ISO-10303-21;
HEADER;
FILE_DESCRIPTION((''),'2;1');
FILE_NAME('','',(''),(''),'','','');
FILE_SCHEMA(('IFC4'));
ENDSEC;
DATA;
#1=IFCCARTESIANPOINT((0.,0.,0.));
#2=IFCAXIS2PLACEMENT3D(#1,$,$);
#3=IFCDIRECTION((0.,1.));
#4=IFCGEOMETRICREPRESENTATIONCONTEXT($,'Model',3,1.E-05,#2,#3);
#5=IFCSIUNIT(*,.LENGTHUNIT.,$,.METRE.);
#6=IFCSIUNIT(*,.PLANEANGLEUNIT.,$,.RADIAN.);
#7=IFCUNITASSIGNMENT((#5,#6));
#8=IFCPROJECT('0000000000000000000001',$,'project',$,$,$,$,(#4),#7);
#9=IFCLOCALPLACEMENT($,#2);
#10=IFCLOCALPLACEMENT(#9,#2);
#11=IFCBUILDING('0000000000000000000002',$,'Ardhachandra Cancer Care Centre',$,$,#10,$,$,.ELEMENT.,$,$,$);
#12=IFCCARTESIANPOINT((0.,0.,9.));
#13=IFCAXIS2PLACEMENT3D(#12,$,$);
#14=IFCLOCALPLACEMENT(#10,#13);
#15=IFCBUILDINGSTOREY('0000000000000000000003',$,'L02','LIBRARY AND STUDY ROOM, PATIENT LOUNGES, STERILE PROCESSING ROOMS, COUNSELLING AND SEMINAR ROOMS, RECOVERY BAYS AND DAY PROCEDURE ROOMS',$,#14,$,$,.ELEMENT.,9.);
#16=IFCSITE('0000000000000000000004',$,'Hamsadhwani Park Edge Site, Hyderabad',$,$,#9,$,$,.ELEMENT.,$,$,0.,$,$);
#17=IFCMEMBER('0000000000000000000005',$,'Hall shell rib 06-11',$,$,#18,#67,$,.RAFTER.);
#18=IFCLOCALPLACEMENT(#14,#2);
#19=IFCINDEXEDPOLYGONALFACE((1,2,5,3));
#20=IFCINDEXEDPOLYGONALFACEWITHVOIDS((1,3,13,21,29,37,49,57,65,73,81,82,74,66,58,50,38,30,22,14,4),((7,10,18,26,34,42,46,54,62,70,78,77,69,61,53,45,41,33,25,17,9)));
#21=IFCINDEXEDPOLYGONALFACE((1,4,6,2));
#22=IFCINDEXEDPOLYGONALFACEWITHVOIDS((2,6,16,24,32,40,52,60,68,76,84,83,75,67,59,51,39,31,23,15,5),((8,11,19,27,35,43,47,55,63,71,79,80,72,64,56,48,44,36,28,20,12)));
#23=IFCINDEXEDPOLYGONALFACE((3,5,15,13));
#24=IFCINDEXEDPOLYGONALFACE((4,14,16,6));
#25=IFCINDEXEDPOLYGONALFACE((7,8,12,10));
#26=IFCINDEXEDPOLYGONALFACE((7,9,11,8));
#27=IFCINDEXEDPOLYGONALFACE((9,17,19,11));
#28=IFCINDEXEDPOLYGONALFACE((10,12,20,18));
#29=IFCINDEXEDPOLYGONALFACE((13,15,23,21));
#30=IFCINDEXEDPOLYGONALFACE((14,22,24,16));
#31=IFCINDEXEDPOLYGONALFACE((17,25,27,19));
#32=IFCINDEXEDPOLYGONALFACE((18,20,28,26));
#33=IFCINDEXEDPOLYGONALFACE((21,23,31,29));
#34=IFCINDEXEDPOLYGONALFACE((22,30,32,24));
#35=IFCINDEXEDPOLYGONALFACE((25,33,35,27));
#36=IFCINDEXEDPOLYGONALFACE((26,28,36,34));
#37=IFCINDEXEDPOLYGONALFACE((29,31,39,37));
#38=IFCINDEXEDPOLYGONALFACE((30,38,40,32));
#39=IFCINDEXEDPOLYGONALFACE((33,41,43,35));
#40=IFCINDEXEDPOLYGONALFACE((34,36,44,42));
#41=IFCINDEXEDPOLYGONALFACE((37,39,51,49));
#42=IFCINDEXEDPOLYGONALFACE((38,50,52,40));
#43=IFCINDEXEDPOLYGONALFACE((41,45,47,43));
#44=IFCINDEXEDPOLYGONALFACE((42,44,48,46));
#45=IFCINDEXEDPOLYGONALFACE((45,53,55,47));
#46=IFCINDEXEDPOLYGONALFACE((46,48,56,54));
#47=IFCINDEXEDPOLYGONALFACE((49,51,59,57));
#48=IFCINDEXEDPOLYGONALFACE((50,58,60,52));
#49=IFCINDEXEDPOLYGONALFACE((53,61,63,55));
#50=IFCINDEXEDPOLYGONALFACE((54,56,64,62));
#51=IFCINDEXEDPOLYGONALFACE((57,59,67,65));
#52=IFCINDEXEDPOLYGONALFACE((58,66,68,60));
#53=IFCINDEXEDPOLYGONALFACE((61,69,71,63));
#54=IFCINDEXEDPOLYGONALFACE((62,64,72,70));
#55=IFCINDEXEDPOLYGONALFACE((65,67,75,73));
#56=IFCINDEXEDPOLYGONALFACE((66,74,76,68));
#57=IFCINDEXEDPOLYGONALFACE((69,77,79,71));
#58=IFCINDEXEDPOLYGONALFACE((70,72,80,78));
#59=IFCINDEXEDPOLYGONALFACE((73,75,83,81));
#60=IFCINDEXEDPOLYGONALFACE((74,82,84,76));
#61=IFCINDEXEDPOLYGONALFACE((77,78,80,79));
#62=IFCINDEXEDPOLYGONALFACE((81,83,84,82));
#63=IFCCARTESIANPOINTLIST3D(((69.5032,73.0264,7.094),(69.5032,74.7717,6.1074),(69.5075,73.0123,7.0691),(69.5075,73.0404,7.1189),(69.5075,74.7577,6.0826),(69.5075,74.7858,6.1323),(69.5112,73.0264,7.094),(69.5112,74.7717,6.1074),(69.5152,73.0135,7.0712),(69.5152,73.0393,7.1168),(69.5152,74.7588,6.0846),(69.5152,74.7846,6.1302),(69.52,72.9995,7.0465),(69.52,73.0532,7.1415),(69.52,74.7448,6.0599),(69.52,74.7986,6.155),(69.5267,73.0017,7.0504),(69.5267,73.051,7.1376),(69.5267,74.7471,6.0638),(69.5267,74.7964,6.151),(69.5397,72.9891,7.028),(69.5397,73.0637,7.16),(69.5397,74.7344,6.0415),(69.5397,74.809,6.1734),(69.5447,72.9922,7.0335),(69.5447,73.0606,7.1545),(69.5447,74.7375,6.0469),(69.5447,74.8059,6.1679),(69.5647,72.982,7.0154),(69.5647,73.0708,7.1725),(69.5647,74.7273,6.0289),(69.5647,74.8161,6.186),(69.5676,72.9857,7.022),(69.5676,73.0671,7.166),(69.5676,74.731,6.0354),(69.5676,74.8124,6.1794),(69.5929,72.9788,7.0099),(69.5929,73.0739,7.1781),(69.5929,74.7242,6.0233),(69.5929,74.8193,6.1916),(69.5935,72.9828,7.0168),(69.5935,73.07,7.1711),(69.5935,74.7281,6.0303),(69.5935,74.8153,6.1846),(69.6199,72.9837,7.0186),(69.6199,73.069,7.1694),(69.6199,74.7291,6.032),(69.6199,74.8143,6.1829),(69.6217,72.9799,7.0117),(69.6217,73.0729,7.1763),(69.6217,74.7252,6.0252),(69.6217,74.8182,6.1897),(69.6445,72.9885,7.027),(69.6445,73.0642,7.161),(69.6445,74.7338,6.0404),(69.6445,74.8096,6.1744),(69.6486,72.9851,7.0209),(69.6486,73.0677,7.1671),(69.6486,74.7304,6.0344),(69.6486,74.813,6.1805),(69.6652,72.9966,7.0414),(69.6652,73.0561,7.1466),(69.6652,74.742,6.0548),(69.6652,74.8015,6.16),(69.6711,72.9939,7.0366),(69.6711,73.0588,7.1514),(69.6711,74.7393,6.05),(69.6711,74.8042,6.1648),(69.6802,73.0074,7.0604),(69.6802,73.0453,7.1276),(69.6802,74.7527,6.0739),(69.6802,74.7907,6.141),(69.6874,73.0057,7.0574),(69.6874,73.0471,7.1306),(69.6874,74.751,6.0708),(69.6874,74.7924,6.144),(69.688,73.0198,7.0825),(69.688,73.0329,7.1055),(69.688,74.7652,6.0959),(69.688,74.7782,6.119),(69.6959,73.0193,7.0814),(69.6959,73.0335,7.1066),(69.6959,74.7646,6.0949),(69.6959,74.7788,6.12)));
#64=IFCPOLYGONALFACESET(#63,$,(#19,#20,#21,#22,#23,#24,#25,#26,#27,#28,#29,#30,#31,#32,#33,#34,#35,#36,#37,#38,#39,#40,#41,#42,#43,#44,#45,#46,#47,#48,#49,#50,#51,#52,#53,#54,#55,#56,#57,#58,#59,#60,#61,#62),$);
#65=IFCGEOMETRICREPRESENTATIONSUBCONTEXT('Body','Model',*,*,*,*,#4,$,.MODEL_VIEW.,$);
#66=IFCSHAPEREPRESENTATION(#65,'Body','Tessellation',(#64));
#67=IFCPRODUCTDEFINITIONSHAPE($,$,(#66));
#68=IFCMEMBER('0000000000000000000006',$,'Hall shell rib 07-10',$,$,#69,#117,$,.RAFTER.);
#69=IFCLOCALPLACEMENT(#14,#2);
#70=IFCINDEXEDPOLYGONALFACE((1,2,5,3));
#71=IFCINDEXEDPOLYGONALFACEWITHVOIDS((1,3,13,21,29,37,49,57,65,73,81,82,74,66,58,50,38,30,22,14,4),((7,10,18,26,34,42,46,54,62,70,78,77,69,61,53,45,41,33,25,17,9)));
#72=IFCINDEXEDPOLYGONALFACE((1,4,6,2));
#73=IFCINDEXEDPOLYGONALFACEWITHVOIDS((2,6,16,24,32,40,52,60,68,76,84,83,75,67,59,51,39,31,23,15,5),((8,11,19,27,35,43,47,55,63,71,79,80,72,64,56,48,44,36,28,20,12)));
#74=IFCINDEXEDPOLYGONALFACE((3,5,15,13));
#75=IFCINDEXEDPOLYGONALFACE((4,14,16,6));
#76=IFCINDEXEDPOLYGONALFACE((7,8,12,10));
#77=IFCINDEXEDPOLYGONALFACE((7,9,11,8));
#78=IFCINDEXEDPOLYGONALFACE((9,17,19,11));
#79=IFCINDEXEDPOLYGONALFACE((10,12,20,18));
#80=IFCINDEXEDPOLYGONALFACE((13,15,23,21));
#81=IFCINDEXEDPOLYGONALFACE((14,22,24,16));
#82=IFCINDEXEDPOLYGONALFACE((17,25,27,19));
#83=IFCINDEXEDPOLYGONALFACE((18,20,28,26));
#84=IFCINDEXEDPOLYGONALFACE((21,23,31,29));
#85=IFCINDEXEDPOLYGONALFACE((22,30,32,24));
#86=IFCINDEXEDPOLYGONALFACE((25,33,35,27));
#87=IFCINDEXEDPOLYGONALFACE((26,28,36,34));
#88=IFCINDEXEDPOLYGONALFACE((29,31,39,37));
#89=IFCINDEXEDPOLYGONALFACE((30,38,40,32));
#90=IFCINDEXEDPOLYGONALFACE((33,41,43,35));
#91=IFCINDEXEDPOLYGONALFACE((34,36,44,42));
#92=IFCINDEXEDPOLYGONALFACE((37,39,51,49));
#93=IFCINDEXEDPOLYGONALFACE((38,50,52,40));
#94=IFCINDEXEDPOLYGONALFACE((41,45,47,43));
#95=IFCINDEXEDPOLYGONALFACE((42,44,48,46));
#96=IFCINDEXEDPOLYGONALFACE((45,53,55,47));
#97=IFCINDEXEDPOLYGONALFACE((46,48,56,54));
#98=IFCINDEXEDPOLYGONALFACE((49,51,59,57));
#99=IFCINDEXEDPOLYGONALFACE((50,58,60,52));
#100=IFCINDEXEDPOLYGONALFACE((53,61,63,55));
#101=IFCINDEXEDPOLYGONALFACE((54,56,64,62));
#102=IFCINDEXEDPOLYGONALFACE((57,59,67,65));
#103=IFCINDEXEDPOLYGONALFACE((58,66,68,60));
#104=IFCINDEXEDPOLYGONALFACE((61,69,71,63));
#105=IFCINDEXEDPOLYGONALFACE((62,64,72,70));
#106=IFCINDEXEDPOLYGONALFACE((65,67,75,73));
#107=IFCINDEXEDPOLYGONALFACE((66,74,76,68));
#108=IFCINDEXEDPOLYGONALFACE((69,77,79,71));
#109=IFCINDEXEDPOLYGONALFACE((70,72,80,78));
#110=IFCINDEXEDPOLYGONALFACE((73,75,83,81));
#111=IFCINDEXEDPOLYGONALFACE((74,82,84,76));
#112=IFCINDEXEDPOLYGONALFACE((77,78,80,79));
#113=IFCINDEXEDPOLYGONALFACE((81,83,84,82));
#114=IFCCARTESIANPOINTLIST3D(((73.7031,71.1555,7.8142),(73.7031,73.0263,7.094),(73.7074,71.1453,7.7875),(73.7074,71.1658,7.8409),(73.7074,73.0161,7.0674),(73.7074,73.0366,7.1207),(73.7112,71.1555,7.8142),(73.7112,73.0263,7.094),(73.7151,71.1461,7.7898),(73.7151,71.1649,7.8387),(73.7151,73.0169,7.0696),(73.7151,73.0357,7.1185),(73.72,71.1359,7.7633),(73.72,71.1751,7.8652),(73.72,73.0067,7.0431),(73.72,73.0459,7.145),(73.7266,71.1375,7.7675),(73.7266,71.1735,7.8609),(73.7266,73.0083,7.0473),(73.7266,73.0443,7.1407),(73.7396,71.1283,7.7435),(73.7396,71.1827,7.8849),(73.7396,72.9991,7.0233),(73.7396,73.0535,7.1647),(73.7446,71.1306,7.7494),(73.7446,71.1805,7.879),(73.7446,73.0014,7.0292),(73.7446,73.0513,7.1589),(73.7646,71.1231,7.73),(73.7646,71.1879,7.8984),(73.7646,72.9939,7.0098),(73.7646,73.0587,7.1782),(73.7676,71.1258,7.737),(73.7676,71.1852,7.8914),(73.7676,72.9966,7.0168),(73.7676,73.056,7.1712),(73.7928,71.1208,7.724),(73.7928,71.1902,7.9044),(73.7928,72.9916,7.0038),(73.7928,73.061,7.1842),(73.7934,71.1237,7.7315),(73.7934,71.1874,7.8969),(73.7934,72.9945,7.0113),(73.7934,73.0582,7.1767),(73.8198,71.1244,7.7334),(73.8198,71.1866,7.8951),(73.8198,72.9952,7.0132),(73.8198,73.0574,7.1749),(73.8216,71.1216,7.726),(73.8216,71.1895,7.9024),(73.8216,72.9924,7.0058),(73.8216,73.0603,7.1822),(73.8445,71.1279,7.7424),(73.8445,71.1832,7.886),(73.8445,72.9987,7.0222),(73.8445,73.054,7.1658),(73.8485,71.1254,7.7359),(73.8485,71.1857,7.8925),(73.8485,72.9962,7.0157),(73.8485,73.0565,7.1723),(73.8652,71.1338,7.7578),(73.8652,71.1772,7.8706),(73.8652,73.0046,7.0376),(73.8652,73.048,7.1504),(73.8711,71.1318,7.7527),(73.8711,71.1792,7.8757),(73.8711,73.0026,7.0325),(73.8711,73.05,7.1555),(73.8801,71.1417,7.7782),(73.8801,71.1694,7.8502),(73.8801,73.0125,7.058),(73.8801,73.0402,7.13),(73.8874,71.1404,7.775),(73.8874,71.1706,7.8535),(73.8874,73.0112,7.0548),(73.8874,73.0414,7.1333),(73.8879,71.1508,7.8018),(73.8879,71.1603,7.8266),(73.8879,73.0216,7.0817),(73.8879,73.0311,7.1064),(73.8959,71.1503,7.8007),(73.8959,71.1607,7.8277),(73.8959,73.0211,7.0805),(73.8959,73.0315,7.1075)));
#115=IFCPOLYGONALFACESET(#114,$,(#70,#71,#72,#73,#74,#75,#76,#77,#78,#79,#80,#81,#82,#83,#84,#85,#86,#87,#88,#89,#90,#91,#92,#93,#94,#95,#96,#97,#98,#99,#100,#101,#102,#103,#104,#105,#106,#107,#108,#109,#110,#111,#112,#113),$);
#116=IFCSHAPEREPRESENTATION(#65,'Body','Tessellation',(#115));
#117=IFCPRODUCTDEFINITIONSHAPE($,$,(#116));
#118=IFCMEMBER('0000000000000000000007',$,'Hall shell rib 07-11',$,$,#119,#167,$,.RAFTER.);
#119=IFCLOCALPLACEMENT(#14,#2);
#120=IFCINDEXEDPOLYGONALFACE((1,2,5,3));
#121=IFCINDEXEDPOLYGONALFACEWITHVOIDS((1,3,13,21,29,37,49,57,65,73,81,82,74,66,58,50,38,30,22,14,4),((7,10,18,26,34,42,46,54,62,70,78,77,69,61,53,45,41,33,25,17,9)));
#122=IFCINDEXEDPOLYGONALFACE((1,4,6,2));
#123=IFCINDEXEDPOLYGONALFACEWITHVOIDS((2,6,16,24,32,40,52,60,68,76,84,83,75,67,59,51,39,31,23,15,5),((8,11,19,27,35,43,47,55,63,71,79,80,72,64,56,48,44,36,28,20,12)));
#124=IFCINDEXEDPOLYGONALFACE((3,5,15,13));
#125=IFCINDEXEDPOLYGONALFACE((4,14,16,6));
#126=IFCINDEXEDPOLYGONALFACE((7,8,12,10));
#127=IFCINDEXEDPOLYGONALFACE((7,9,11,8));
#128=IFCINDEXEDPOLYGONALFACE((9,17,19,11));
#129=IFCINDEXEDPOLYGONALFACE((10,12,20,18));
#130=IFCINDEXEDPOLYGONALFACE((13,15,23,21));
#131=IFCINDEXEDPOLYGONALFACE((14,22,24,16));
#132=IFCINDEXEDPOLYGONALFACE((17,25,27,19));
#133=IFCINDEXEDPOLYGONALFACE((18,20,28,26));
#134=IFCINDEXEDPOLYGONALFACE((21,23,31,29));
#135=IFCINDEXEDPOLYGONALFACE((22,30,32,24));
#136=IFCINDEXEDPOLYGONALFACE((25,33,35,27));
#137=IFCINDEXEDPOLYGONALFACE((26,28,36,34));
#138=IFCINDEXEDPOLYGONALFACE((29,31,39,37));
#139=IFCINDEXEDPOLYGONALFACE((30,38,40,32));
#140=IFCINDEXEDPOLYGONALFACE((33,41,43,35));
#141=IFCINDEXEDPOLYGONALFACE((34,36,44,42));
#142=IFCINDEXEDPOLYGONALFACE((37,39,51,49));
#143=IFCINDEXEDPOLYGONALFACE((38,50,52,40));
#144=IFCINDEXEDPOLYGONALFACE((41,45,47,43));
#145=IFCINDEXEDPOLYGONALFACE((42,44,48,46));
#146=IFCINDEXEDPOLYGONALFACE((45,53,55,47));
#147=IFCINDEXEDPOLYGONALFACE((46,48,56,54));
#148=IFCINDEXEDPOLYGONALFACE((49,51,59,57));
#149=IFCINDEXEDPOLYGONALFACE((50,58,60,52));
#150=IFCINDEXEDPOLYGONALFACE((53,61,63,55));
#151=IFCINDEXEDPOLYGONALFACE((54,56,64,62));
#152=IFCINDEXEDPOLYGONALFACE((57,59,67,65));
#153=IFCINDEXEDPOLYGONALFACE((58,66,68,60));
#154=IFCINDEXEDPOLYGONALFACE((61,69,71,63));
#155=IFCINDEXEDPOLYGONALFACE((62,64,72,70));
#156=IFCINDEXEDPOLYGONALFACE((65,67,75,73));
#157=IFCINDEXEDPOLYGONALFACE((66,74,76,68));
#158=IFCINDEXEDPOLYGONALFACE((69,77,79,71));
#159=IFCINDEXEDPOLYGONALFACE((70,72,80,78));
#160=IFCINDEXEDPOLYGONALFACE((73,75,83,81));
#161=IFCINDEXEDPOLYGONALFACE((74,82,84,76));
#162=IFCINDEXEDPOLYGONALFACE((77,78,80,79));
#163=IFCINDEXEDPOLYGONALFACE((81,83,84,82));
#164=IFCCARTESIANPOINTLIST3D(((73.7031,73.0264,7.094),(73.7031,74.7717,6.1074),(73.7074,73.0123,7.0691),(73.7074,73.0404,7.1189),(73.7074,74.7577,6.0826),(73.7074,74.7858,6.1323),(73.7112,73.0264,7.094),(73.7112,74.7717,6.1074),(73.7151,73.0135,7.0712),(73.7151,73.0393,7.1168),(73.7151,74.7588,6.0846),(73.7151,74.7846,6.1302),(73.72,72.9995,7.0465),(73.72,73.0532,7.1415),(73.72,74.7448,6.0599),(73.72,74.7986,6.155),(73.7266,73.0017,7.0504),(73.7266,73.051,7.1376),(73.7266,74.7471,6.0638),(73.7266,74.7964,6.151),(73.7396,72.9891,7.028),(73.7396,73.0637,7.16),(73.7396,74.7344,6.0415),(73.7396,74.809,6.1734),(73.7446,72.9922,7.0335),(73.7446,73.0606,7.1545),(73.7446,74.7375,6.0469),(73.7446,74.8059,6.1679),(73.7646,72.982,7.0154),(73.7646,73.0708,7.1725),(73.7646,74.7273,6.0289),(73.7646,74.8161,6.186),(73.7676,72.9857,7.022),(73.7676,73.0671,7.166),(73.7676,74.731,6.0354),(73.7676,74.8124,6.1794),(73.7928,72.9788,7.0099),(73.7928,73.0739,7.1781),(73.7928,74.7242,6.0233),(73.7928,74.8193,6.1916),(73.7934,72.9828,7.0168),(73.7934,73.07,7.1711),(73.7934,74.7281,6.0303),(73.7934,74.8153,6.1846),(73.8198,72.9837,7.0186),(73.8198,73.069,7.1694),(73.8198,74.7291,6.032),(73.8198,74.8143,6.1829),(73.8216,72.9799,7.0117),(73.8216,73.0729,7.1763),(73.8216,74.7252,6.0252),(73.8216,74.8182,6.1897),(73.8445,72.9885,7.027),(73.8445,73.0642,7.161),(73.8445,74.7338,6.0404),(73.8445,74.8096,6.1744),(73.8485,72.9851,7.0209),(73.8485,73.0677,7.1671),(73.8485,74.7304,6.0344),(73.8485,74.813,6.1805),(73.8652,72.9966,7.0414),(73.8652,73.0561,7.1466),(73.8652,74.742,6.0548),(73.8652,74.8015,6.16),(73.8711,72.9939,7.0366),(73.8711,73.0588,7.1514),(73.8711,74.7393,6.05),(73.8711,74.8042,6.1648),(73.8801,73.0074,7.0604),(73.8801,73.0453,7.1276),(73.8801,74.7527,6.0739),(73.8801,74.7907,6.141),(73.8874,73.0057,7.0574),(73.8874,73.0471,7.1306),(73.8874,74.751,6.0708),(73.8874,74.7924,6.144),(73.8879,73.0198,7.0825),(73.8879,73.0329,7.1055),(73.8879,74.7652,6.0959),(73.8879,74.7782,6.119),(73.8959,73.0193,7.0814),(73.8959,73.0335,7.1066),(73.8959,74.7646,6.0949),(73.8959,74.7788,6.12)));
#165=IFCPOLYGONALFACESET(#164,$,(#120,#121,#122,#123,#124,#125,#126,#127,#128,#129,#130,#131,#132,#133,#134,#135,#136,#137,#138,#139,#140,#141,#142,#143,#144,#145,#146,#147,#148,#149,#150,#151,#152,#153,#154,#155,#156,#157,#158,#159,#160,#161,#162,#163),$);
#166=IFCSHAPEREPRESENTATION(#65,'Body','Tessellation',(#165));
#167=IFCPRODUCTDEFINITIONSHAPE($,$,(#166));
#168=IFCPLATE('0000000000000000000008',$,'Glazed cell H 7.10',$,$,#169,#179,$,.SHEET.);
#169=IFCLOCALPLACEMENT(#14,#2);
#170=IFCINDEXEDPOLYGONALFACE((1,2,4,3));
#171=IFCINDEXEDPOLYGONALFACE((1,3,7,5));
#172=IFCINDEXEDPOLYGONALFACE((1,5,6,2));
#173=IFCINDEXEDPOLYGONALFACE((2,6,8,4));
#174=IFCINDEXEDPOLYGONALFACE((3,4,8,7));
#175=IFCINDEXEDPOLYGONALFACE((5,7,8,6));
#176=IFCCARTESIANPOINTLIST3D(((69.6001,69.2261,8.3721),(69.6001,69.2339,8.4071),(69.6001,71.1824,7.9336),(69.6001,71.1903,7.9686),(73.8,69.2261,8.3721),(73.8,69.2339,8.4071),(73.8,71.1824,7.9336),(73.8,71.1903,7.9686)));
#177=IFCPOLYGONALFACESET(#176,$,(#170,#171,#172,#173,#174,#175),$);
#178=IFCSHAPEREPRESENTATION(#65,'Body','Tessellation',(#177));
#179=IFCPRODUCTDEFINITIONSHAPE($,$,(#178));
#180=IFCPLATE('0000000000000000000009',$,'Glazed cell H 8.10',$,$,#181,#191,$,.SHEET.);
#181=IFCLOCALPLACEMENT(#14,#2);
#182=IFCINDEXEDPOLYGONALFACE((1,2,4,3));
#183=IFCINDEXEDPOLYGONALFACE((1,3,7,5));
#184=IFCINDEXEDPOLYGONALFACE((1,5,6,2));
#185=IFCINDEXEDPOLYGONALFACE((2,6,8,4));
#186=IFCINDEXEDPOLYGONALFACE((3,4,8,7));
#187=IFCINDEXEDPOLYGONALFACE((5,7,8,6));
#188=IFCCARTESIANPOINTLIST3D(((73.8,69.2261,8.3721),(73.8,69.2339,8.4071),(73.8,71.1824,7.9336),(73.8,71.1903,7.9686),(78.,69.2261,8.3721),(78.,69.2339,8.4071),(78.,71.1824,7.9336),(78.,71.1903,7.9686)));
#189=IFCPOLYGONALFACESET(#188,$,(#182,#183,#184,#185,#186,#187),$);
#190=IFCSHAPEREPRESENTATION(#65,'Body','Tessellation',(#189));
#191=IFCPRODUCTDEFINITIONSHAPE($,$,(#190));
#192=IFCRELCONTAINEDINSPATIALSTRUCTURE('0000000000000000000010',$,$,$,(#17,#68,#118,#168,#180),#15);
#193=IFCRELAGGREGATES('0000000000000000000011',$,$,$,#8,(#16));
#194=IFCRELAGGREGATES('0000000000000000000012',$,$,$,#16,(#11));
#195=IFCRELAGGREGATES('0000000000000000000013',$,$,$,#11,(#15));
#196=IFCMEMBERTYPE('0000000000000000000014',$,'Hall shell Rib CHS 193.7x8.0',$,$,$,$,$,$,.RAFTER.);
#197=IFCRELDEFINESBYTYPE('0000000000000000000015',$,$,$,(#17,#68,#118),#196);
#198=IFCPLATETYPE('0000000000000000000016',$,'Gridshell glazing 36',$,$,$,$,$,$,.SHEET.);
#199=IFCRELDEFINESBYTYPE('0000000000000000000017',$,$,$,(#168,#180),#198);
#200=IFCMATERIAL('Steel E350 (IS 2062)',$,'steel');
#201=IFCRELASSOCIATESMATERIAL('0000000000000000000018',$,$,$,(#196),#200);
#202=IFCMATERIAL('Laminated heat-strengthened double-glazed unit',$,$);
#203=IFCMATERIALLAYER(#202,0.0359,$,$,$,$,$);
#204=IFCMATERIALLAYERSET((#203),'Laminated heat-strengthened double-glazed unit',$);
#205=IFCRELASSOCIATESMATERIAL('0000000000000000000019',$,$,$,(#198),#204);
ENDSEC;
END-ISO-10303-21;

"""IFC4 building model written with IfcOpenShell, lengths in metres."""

from ifc_helpers import new_model, si_unit, direction, frame, origin, origin_2d, place, context, subcontext, project, spatial, polyline, hollow_circle, outline, extrude, material, layer, layer_set, material_profile, profile_set, type_object, element, save


model = new_model("IFC4")

# Units and contexts
model_context = context("Model", 3, precision=1e-05, world=origin(), true_north=direction((0.0, 1.0)))
body_context = subcontext(model_context, "Body", "Model", "MODEL_VIEW")
ifc_project = project(units=[si_unit("LENGTHUNIT", "METRE"), si_unit("PLANEANGLEUNIT", "RADIAN")], contexts=[model_context])

# Site, building, storey
site_placement = place(None, origin())
site = spatial("IfcSite", under=ifc_project, at=site_placement, Name="Hamsadhwani Park Edge Site, Hyderabad", CompositionType="ELEMENT", RefElevation=0.0)
building_placement = place(site_placement, origin())
building = spatial("IfcBuilding", under=site, at=building_placement, Name="Ardhachandra Cancer Care Centre", CompositionType="ELEMENT")
storey_placement = place(building_placement, frame((0.0, 0.0, 9.0)))
storey = spatial("IfcBuildingStorey", under=building, at=storey_placement, Name="L02", Description="LIBRARY AND STUDY ROOM, PATIENT LOUNGES, STERILE PROCESSING ROOMS, COUNSELLING AND SEMINAR ROOMS, RECOVERY BAYS AND DAY PROCEDURE ROOMS", CompositionType="ELEMENT", Elevation=9.0)

# Members
ifc_material_1 = material(Name="Steel E350 (IS 2062)", Category="steel")
ifc_material_profile_1 = material_profile(ifc_material_1, hollow_circle(Radius=0.0969, WallThickness=0.0081, at=origin_2d()), Name="CHS 193.7x8.0")
ifc_profile_set_1 = profile_set([ifc_material_profile_1], Name="Steel E350 (IS 2062)")
member_type_1 = type_object("IfcMemberType", Name="Hall shell Rib CHS 193.7x8.0", PredefinedType="RAFTER", material=ifc_profile_set_1)
member_1_placement = place(storey_placement, frame((69.6001, 73.0264, 7.094), z_axis=(0.0, 0.870549, -0.492081), x_axis=(-1.0, 0.0, 0.0)))
element("IfcMember", 1, at=member_1_placement, inside=storey, type_object=member_type_1, Name="Hall shell rib 06-11", PredefinedType="RAFTER", context=body_context, shape_type="SweptSolid", body=[
    extrude(hollow_circle(Radius=0.0969, WallThickness=0.0081, at=origin_2d()), origin(), (0.0, 0.0, 1.0), 2.0049),
])
member_2_placement = place(storey_placement, frame((73.8, 71.1555, 7.8142), z_axis=(0.0, 0.933236, -0.359265), x_axis=(-1.0, 0.0, 0.0)))
element("IfcMember", 2, at=member_2_placement, inside=storey, type_object=member_type_1, Name="Hall shell rib 07-10", PredefinedType="RAFTER", context=body_context, shape_type="SweptSolid", body=[
    extrude(hollow_circle(Radius=0.0969, WallThickness=0.0081, at=origin_2d()), origin(), (0.0, 0.0, 1.0), 2.0046),
])
member_3_placement = place(storey_placement, frame((73.8, 73.0264, 7.094), z_axis=(0.0, 0.870549, -0.492081), x_axis=(-1.0, 0.0, 0.0)))
element("IfcMember", 3, at=member_3_placement, inside=storey, type_object=member_type_1, Name="Hall shell rib 07-11", PredefinedType="RAFTER", context=body_context, shape_type="SweptSolid", body=[
    extrude(hollow_circle(Radius=0.0969, WallThickness=0.0081, at=origin_2d()), origin(), (0.0, 0.0, 1.0), 2.0049),
])

# Plates
ifc_material_2 = material(Name="Laminated heat-strengthened double-glazed unit")
ifc_layer_1 = layer(ifc_material_2, 0.0359)
ifc_layer_set_1 = layer_set([ifc_layer_1], Name="Laminated heat-strengthened double-glazed unit")
plate_type_1 = type_object("IfcPlateType", Name="Gridshell glazing 36", PredefinedType="SHEET", material=ifc_layer_set_1)
for number, where, z_axis, x_axis, name in (
    (4, (69.6001, 69.2261, 8.3721), (0.0, 0.218709, 0.97579), (1.0, 0.0, 0.0), "Glazed cell H 7.10"),
    (5, (73.8, 69.2261, 8.3721), (0.0, 0.218709, 0.97579), (1.0, 0.0, 0.0), "Glazed cell H 8.10"),
):
    element("IfcPlate", number, at=place(storey_placement, frame(where, z_axis=z_axis, x_axis=x_axis)), inside=storey, type_object=plate_type_1, Name=name, PredefinedType="SHEET", context=body_context, shape_type="SweptSolid", body=[
        extrude(outline(polyline([(0.0, 0.0), (4.2, 0.0), (4.2, 2.0049), (0.0, 2.0049), (0.0, 0.0)])), origin(), (0.0, 0.0, 1.0), 0.0359),
    ])

save(model, "model.ifc")
